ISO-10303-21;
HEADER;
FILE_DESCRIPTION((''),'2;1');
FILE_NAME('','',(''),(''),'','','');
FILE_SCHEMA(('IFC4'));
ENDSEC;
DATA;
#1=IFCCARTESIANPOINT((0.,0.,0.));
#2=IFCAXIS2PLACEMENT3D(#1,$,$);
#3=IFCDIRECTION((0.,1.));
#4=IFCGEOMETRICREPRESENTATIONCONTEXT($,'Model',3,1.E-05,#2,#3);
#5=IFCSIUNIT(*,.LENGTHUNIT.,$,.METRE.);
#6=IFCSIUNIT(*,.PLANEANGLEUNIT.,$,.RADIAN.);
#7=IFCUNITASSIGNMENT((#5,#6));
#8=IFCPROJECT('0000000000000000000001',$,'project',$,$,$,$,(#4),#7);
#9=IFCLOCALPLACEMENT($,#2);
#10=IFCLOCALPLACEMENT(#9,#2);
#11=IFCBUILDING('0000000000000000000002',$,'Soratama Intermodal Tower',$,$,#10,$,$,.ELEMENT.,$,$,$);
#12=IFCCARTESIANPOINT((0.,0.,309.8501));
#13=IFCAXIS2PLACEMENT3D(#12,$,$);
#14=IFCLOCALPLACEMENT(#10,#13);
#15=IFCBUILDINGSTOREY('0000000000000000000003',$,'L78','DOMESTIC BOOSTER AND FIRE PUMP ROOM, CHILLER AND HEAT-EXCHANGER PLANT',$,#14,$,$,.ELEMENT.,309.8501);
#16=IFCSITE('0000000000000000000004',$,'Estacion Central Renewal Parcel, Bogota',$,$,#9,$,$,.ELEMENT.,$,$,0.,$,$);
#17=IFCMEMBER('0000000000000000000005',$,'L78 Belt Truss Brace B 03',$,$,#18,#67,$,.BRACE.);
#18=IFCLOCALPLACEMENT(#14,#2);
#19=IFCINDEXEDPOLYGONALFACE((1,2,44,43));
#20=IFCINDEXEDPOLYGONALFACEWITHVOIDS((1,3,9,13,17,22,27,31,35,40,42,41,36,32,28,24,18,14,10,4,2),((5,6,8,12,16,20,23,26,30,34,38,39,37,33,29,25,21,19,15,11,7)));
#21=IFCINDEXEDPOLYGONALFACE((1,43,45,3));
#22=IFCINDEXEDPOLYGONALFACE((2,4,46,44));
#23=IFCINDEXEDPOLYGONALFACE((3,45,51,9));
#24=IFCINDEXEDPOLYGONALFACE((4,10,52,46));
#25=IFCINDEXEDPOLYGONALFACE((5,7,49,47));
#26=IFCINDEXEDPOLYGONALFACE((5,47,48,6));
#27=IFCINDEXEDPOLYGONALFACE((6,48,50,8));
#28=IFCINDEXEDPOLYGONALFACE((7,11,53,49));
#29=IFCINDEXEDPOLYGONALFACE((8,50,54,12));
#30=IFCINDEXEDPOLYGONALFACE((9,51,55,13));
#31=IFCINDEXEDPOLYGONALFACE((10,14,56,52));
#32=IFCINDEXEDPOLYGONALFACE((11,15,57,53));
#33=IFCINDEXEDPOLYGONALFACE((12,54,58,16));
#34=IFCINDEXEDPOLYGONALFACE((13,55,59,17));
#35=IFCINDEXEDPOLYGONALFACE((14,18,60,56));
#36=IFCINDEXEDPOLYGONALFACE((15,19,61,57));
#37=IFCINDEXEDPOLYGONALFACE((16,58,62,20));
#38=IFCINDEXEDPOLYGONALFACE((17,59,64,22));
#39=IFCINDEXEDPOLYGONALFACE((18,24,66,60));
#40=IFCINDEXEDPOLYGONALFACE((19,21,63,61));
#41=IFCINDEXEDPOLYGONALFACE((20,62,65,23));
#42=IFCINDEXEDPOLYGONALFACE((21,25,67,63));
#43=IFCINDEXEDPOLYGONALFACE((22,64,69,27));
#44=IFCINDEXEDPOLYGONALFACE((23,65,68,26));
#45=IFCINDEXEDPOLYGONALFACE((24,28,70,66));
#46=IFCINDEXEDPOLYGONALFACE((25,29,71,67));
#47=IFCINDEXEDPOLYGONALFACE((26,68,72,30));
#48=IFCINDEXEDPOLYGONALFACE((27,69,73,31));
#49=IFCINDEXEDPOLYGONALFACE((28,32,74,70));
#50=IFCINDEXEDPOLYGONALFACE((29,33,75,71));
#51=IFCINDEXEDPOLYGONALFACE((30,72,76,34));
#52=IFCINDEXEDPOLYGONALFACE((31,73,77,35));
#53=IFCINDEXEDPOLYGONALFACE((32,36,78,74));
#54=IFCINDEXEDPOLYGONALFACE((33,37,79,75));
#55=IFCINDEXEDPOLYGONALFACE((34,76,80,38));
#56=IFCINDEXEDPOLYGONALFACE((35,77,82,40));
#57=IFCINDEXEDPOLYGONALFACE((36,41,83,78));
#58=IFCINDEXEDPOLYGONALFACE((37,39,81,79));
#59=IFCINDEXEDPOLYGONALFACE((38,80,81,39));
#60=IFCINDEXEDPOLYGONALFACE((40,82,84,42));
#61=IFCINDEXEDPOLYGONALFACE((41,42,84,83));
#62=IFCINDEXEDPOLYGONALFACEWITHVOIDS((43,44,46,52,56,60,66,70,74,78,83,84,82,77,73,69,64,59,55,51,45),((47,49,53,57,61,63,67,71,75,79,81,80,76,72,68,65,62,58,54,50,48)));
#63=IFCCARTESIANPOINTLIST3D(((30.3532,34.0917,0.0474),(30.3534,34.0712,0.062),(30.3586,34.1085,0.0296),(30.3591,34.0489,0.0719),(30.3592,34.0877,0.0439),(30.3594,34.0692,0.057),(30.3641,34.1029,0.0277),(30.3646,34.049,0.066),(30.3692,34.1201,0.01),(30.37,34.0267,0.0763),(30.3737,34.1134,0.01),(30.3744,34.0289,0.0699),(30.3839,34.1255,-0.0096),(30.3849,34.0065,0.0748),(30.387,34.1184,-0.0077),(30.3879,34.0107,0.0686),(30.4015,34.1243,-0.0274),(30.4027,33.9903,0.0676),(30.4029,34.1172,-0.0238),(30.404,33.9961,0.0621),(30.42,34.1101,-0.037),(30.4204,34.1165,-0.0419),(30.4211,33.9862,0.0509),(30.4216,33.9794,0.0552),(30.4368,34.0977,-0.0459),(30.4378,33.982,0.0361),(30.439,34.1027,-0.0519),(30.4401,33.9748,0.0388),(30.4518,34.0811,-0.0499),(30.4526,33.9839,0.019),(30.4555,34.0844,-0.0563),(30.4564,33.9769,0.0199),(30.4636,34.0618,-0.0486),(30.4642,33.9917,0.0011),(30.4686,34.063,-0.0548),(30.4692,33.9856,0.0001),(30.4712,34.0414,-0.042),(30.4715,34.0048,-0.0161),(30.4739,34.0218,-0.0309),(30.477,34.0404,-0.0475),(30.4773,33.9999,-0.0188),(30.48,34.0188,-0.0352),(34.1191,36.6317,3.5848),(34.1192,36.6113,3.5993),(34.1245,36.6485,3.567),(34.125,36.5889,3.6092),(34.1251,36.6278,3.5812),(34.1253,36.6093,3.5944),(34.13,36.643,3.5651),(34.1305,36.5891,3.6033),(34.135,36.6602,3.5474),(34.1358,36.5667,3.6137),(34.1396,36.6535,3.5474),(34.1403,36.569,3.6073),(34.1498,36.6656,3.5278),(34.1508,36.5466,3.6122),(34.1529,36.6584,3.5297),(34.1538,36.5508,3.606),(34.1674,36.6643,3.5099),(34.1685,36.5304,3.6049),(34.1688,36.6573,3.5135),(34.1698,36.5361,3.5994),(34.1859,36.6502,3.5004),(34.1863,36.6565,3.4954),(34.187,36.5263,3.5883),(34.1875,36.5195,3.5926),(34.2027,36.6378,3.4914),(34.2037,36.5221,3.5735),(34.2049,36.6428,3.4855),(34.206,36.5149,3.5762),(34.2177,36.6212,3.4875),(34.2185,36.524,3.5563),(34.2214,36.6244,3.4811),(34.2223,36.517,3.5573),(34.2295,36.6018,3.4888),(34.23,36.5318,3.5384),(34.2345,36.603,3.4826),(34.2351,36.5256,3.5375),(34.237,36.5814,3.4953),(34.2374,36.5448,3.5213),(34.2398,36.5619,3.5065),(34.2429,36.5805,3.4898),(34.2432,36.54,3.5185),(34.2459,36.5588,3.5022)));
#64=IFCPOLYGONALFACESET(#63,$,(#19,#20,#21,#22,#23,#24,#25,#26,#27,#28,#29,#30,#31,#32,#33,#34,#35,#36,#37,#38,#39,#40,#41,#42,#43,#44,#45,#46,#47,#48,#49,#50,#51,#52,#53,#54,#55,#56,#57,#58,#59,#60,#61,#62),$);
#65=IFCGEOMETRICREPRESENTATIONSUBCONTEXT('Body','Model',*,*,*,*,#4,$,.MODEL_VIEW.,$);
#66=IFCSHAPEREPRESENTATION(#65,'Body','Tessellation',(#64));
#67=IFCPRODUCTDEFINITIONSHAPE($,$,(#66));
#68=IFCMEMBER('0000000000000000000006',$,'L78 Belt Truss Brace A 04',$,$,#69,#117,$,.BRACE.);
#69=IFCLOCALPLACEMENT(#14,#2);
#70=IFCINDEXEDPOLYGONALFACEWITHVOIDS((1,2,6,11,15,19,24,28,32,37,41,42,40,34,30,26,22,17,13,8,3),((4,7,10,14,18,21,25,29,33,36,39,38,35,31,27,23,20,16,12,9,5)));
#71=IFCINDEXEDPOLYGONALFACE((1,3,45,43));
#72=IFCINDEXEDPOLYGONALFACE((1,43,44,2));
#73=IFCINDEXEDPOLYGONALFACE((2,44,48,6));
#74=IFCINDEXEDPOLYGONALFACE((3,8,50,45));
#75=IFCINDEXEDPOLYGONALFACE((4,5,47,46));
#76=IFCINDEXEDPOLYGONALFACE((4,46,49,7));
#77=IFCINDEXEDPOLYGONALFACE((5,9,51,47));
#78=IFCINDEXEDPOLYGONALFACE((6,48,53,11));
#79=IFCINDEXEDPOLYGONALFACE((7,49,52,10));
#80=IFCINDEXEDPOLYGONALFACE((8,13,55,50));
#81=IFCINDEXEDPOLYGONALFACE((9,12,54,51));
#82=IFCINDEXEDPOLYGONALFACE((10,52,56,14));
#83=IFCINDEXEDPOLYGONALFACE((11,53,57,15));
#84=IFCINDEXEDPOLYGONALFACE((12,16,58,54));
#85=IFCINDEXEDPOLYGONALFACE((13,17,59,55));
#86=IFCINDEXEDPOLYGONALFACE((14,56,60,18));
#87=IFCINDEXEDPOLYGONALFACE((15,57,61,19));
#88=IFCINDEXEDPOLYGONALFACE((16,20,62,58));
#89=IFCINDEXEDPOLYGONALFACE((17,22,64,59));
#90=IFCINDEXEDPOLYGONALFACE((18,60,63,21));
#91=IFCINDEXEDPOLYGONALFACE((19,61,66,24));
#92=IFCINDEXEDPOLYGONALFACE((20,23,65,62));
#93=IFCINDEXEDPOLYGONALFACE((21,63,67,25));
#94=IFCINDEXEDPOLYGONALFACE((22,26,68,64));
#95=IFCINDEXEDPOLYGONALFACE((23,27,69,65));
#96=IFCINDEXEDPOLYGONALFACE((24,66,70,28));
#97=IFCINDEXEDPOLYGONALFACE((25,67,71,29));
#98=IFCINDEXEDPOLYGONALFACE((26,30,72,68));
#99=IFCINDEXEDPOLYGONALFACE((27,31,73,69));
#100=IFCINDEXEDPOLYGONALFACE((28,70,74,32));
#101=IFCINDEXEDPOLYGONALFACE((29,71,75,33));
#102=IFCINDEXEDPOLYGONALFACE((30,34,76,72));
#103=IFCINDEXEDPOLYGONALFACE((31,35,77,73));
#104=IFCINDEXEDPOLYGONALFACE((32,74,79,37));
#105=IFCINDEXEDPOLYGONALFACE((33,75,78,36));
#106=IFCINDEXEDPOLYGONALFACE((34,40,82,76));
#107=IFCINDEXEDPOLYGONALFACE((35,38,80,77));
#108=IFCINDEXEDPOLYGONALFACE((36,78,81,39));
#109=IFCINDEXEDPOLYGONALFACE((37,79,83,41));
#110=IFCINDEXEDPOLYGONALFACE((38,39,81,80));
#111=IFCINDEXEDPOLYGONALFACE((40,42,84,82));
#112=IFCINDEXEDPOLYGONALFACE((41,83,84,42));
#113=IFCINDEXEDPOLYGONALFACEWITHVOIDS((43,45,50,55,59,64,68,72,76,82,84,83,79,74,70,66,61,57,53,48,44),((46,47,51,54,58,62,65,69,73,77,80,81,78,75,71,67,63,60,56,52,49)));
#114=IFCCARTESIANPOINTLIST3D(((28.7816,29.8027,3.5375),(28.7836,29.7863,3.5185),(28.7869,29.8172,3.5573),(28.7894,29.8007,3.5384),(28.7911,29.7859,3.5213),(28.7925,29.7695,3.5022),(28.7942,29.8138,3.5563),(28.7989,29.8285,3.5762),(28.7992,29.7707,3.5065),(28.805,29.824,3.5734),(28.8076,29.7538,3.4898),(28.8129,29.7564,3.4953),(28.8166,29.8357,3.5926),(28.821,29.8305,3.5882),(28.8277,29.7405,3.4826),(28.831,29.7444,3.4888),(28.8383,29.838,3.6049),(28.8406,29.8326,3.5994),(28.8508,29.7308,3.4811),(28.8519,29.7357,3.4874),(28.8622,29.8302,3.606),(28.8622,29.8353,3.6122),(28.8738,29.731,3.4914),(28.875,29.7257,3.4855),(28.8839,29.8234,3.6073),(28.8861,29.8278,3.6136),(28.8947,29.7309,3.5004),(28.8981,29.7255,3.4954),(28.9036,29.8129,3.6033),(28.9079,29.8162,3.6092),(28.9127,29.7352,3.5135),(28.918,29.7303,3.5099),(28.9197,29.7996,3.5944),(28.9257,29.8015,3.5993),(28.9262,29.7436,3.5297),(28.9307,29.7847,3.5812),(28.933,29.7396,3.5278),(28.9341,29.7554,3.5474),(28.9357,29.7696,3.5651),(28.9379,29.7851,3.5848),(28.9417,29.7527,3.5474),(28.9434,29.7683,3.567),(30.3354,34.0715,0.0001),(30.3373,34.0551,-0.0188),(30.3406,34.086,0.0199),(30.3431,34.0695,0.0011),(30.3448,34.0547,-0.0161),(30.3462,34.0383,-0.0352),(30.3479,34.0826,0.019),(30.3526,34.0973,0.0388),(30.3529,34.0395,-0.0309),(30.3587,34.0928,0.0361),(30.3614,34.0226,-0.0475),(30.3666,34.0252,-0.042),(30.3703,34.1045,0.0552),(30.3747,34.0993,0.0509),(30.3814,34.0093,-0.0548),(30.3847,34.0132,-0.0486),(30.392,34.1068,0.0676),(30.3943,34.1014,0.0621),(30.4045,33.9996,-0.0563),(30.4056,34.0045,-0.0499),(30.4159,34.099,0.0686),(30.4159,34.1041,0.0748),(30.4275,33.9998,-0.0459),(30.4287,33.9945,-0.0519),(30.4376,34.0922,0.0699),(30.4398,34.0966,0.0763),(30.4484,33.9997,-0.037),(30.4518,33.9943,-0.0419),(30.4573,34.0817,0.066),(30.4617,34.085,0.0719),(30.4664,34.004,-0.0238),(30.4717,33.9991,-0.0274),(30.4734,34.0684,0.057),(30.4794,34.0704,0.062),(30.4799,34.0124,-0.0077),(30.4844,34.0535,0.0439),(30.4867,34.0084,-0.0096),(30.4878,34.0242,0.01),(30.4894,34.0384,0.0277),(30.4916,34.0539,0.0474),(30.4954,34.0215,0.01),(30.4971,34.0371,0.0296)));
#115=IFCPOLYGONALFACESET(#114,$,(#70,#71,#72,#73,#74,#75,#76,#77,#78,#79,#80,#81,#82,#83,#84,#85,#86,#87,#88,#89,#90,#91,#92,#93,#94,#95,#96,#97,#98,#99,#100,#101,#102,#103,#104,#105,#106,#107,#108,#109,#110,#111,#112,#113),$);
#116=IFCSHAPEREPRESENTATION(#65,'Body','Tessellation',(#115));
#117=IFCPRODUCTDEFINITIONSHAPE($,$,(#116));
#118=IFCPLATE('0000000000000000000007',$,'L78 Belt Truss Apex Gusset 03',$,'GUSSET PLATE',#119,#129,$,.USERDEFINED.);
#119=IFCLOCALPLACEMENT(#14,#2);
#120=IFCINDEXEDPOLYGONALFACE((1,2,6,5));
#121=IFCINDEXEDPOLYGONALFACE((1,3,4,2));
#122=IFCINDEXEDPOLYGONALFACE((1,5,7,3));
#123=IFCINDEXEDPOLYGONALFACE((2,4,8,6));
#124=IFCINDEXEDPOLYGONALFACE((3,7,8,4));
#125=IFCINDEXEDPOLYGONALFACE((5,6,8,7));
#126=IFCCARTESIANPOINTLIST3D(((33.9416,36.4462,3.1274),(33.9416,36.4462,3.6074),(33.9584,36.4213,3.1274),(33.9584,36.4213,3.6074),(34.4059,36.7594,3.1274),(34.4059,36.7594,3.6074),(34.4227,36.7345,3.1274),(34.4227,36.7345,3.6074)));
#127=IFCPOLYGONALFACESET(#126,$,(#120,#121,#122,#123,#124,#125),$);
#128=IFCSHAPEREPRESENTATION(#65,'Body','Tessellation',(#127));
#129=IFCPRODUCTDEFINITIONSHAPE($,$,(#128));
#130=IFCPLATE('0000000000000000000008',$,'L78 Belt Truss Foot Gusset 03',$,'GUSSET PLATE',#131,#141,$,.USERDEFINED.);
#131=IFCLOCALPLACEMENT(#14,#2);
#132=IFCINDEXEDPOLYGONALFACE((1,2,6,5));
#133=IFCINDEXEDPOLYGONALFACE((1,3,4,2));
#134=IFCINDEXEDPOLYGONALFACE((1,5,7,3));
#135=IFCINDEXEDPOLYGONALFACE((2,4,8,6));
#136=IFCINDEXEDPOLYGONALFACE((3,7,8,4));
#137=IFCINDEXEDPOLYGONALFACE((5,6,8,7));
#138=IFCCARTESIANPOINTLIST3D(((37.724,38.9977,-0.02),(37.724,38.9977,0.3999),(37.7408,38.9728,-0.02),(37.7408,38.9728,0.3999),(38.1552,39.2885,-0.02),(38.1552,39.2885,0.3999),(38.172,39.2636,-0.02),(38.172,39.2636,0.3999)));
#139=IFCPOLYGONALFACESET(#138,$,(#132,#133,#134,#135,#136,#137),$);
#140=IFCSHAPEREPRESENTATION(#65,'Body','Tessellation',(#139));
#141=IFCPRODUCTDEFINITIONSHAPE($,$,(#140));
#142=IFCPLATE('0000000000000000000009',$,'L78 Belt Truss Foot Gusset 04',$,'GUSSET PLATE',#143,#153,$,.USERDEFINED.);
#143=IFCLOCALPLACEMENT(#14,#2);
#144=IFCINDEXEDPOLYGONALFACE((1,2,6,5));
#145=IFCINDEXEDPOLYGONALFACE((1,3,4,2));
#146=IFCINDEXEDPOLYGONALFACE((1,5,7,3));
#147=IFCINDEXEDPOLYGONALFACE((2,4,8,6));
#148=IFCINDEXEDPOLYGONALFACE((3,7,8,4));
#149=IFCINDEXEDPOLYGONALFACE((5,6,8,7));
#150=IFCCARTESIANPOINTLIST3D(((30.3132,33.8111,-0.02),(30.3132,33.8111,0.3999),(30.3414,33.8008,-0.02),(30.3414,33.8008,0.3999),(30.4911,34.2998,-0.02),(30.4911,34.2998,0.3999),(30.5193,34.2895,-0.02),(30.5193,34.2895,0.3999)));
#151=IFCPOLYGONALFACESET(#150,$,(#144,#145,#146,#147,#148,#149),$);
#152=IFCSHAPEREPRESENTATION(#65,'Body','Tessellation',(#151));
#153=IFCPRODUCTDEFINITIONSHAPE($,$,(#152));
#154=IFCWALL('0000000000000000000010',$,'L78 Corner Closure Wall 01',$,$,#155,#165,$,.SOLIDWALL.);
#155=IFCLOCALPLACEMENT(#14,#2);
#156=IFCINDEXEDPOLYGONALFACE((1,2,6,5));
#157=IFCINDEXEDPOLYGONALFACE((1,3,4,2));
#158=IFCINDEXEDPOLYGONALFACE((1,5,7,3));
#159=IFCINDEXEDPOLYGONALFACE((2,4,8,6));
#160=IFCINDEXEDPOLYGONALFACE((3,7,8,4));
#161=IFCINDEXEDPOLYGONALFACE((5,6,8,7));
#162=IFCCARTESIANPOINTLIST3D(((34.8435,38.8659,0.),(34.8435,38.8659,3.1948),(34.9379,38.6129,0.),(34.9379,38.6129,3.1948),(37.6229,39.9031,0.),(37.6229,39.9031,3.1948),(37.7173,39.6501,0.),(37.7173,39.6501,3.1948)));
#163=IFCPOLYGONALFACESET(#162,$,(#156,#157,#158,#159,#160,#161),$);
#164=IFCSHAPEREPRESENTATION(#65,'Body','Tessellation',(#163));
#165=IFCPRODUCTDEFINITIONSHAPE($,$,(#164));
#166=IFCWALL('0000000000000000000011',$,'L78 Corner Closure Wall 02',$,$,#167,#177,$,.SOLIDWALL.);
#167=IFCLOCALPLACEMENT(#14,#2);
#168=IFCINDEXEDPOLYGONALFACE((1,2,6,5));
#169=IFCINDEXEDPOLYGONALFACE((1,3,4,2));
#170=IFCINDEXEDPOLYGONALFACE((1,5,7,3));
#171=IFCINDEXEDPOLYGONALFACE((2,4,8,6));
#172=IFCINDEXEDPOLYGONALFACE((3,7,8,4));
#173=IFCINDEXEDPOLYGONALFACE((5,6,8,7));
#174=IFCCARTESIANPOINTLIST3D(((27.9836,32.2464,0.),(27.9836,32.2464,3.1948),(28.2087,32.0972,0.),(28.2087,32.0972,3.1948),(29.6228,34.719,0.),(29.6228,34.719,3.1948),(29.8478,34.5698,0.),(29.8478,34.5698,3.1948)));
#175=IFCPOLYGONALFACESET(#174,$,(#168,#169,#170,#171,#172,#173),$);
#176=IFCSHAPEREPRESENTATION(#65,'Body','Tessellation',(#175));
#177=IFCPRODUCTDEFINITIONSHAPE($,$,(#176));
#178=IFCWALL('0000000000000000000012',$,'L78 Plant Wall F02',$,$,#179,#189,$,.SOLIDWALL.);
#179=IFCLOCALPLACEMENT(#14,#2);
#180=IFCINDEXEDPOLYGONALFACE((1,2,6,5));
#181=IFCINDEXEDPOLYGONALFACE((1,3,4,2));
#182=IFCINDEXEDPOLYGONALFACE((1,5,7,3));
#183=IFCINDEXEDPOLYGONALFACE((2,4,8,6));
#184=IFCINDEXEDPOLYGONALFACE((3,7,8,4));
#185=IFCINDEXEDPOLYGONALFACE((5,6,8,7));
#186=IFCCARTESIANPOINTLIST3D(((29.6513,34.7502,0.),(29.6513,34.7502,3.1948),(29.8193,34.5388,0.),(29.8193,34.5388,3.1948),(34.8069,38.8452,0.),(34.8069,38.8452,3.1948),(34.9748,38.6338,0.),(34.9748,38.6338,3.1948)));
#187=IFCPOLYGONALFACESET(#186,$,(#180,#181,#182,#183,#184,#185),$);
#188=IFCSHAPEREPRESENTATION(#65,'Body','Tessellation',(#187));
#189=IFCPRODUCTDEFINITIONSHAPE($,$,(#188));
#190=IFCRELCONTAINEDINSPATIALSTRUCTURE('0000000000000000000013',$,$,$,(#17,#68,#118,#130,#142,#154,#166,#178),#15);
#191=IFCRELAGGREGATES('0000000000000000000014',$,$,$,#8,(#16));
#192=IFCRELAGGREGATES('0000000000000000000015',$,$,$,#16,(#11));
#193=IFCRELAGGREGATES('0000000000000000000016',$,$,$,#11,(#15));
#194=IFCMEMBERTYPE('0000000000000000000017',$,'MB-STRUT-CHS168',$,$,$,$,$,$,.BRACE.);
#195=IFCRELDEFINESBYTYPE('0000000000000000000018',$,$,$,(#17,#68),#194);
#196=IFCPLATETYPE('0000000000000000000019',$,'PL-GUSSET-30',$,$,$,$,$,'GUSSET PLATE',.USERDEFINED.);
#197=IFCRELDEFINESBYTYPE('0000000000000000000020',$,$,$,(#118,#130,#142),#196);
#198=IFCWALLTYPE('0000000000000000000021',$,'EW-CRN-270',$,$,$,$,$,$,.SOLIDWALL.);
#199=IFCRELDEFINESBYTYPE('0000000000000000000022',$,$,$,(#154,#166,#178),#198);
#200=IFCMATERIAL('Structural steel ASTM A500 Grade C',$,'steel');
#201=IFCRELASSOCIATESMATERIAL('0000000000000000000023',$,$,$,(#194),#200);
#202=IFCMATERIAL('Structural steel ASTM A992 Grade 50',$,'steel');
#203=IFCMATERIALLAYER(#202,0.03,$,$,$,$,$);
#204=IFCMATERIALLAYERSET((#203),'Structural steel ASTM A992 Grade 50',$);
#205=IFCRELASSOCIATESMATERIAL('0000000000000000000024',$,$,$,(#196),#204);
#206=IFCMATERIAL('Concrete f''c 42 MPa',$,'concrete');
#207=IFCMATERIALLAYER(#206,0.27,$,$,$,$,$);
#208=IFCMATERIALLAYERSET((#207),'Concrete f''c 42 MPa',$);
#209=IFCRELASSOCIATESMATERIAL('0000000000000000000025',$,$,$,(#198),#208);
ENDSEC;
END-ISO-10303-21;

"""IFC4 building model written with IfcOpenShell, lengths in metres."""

from ifc_helpers import new_model, si_unit, direction, frame, frame_2d, origin, origin_2d, place, context, subcontext, project, spatial, rectangle, hollow_circle, extrude, material, layer, layer_set, material_profile, profile_set, type_object, element, save


model = new_model("IFC4")

# Units and contexts
model_context = context("Model", 3, precision=1e-05, world=origin(), true_north=direction((0.0, 1.0)))
body_context = subcontext(model_context, "Body", "Model", "MODEL_VIEW")
ifc_project = project(units=[si_unit("LENGTHUNIT", "METRE"), si_unit("PLANEANGLEUNIT", "RADIAN")], contexts=[model_context])

# Site, building, storey
site_placement = place(None, origin())
site = spatial("IfcSite", under=ifc_project, at=site_placement, Name="Estacion Central Renewal Parcel, Bogota", CompositionType="ELEMENT", RefElevation=0.0)
building_placement = place(site_placement, origin())
building = spatial("IfcBuilding", under=site, at=building_placement, Name="Soratama Intermodal Tower", CompositionType="ELEMENT")
storey_placement = place(building_placement, frame((0.0, 0.0, 309.8501)))
storey = spatial("IfcBuildingStorey", under=building, at=storey_placement, Name="L78", Description="DOMESTIC BOOSTER AND FIRE PUMP ROOM, CHILLER AND HEAT-EXCHANGER PLANT", CompositionType="ELEMENT", Elevation=309.8501)

# Members
ifc_material_1 = material(Name="Structural steel ASTM A500 Grade C", Category="steel")
ifc_material_profile_1 = material_profile(ifc_material_1, hollow_circle(Radius=0.0842, WallThickness=0.0081, at=origin_2d()), Name="CHS168X8")
ifc_profile_set_1 = profile_set([ifc_material_profile_1], Name="Structural steel ASTM A500 Grade C")
member_type = type_object("IfcMemberType", Name="MB-STRUT-CHS168", PredefinedType="BRACE", material=ifc_profile_set_1)
for number, where, z_axis, x_axis, name in (
    (1, (30.4163, 34.0503, 0.01), (0.654104, 0.441186, 0.614412), (-0.559182, 0.829045, 0.0), "L78 Belt Truss Brace B 03"),
):
    element("IfcMember", number, at=place(storey_placement, frame(where, z_axis=z_axis, x_axis=x_axis)), inside=storey, type_object=member_type, Name=name, PredefinedType="BRACE", context=body_context, shape_type="SweptSolid", body=[
        extrude(hollow_circle(Radius=0.0842, WallThickness=0.0081, at=origin_2d()), origin(), (0.0, 0.0, 1.0), 5.7573),
    ])
member_placement = place(storey_placement, frame((30.4163, 34.0503, 0.01), z_axis=(-0.269856, -0.741425, 0.614384), x_axis=(0.939693, -0.342019, 0.0)))
element("IfcMember", 2, at=member_placement, inside=storey, type_object=member_type, Name="L78 Belt Truss Brace A 04", PredefinedType="BRACE", context=body_context, shape_type="SweptSolid", body=[
    extrude(hollow_circle(Radius=0.0842, WallThickness=0.0081, at=origin_2d()), origin(), (0.0, 0.0, 1.0), 5.7576),
])

# Plates
ifc_material_2 = material(Name="Structural steel ASTM A992 Grade 50", Category="steel")
ifc_layer_1 = layer(ifc_material_2, 0.03)
ifc_layer_set_1 = layer_set([ifc_layer_1], Name="Structural steel ASTM A992 Grade 50")
plate_type = type_object("IfcPlateType", Name="PL-GUSSET-30", ElementType="GUSSET PLATE", PredefinedType="USERDEFINED", material=ifc_layer_set_1)
plate_placement = place(storey_placement, frame((34.1821, 36.5903, 3.1274), z_axis=(0.0, 0.0, 1.0), x_axis=(-0.829038, -0.559193, 0.0)))
element("IfcPlate", 3, at=plate_placement, inside=storey, type_object=plate_type, Name="L78 Belt Truss Apex Gusset 03", ObjectType="GUSSET PLATE", PredefinedType="USERDEFINED", context=body_context, shape_type="SweptSolid", body=[
    extrude(rectangle(XDim=0.5601, YDim=0.03, at=origin_2d()), origin(), (0.0, 0.0, 1.0), 0.48),
])
for number, where, z_axis, x_axis, name in (
    (4, (37.948, 39.1306, -0.02), (0.0, 0.0, 1.0), (-0.829038, -0.559193, 0.0), "L78 Belt Truss Foot Gusset 03"),
    (5, (30.4163, 34.0503, -0.02), (0.0, 0.0, 1.0), (-0.34202, -0.939693, 0.0), "L78 Belt Truss Foot Gusset 04"),
):
    element("IfcPlate", number, at=place(storey_placement, frame(where, z_axis=z_axis, x_axis=x_axis)), inside=storey, type_object=plate_type, Name=name, ObjectType="GUSSET PLATE", PredefinedType="USERDEFINED", context=body_context, shape_type="SweptSolid", body=[
        extrude(rectangle(XDim=0.52, YDim=0.03, at=origin_2d()), origin(), (0.0, 0.0, 1.0), 0.4199),
    ])

# Walls
ifc_material_3 = material(Name="Concrete f'c 42 MPa", Category="concrete")
ifc_layer_2 = layer(ifc_material_3, 0.27)
ifc_layer_set_2 = layer_set([ifc_layer_2], Name="Concrete f'c 42 MPa")
wall_type_1 = type_object("IfcWallType", Name="EW-CRN-270", PredefinedType="SOLIDWALL", material=ifc_layer_set_2)
for number, where, z_axis, x_axis, name in (
    (6, (37.6702, 39.7766, 0.0), (0.0, 0.0, 1.0), (-0.936896, -0.349608, 0.0), "L78 Corner Closure Wall 01"),
    (7, (29.7354, 34.6445, 0.0), (0.0, 0.0, 1.0), (-0.552533, -0.833491, 0.0), "L78 Corner Closure Wall 02"),
):
    element("IfcWall", number, at=place(storey_placement, frame(where, z_axis=z_axis, x_axis=x_axis)), inside=storey, type_object=wall_type_1, Name=name, PredefinedType="SOLIDWALL", context=body_context, shape_type="SweptSolid", body=[
        extrude(rectangle(XDim=2.9666, YDim=0.27, at=frame_2d((1.4834, 0.0))), origin(), (0.0, 0.0, 1.0), 3.1948),
    ])
wall_1_placement = place(storey_placement, frame((34.8909, 38.7395, 0.0), z_axis=(0.0, 0.0, 1.0), x_axis=(-0.783046, -0.621964, 0.0)))
element("IfcWall", 8, at=wall_1_placement, inside=storey, type_object=wall_type_1, Name="L78 Plant Wall F02", PredefinedType="SOLIDWALL", context=body_context, shape_type="SweptSolid", body=[
    extrude(rectangle(XDim=6.584, YDim=0.27, at=frame_2d((3.292, 0.0))), origin(), (0.0, 0.0, 1.0), 3.1948),
])

save(model, "model.ifc")
